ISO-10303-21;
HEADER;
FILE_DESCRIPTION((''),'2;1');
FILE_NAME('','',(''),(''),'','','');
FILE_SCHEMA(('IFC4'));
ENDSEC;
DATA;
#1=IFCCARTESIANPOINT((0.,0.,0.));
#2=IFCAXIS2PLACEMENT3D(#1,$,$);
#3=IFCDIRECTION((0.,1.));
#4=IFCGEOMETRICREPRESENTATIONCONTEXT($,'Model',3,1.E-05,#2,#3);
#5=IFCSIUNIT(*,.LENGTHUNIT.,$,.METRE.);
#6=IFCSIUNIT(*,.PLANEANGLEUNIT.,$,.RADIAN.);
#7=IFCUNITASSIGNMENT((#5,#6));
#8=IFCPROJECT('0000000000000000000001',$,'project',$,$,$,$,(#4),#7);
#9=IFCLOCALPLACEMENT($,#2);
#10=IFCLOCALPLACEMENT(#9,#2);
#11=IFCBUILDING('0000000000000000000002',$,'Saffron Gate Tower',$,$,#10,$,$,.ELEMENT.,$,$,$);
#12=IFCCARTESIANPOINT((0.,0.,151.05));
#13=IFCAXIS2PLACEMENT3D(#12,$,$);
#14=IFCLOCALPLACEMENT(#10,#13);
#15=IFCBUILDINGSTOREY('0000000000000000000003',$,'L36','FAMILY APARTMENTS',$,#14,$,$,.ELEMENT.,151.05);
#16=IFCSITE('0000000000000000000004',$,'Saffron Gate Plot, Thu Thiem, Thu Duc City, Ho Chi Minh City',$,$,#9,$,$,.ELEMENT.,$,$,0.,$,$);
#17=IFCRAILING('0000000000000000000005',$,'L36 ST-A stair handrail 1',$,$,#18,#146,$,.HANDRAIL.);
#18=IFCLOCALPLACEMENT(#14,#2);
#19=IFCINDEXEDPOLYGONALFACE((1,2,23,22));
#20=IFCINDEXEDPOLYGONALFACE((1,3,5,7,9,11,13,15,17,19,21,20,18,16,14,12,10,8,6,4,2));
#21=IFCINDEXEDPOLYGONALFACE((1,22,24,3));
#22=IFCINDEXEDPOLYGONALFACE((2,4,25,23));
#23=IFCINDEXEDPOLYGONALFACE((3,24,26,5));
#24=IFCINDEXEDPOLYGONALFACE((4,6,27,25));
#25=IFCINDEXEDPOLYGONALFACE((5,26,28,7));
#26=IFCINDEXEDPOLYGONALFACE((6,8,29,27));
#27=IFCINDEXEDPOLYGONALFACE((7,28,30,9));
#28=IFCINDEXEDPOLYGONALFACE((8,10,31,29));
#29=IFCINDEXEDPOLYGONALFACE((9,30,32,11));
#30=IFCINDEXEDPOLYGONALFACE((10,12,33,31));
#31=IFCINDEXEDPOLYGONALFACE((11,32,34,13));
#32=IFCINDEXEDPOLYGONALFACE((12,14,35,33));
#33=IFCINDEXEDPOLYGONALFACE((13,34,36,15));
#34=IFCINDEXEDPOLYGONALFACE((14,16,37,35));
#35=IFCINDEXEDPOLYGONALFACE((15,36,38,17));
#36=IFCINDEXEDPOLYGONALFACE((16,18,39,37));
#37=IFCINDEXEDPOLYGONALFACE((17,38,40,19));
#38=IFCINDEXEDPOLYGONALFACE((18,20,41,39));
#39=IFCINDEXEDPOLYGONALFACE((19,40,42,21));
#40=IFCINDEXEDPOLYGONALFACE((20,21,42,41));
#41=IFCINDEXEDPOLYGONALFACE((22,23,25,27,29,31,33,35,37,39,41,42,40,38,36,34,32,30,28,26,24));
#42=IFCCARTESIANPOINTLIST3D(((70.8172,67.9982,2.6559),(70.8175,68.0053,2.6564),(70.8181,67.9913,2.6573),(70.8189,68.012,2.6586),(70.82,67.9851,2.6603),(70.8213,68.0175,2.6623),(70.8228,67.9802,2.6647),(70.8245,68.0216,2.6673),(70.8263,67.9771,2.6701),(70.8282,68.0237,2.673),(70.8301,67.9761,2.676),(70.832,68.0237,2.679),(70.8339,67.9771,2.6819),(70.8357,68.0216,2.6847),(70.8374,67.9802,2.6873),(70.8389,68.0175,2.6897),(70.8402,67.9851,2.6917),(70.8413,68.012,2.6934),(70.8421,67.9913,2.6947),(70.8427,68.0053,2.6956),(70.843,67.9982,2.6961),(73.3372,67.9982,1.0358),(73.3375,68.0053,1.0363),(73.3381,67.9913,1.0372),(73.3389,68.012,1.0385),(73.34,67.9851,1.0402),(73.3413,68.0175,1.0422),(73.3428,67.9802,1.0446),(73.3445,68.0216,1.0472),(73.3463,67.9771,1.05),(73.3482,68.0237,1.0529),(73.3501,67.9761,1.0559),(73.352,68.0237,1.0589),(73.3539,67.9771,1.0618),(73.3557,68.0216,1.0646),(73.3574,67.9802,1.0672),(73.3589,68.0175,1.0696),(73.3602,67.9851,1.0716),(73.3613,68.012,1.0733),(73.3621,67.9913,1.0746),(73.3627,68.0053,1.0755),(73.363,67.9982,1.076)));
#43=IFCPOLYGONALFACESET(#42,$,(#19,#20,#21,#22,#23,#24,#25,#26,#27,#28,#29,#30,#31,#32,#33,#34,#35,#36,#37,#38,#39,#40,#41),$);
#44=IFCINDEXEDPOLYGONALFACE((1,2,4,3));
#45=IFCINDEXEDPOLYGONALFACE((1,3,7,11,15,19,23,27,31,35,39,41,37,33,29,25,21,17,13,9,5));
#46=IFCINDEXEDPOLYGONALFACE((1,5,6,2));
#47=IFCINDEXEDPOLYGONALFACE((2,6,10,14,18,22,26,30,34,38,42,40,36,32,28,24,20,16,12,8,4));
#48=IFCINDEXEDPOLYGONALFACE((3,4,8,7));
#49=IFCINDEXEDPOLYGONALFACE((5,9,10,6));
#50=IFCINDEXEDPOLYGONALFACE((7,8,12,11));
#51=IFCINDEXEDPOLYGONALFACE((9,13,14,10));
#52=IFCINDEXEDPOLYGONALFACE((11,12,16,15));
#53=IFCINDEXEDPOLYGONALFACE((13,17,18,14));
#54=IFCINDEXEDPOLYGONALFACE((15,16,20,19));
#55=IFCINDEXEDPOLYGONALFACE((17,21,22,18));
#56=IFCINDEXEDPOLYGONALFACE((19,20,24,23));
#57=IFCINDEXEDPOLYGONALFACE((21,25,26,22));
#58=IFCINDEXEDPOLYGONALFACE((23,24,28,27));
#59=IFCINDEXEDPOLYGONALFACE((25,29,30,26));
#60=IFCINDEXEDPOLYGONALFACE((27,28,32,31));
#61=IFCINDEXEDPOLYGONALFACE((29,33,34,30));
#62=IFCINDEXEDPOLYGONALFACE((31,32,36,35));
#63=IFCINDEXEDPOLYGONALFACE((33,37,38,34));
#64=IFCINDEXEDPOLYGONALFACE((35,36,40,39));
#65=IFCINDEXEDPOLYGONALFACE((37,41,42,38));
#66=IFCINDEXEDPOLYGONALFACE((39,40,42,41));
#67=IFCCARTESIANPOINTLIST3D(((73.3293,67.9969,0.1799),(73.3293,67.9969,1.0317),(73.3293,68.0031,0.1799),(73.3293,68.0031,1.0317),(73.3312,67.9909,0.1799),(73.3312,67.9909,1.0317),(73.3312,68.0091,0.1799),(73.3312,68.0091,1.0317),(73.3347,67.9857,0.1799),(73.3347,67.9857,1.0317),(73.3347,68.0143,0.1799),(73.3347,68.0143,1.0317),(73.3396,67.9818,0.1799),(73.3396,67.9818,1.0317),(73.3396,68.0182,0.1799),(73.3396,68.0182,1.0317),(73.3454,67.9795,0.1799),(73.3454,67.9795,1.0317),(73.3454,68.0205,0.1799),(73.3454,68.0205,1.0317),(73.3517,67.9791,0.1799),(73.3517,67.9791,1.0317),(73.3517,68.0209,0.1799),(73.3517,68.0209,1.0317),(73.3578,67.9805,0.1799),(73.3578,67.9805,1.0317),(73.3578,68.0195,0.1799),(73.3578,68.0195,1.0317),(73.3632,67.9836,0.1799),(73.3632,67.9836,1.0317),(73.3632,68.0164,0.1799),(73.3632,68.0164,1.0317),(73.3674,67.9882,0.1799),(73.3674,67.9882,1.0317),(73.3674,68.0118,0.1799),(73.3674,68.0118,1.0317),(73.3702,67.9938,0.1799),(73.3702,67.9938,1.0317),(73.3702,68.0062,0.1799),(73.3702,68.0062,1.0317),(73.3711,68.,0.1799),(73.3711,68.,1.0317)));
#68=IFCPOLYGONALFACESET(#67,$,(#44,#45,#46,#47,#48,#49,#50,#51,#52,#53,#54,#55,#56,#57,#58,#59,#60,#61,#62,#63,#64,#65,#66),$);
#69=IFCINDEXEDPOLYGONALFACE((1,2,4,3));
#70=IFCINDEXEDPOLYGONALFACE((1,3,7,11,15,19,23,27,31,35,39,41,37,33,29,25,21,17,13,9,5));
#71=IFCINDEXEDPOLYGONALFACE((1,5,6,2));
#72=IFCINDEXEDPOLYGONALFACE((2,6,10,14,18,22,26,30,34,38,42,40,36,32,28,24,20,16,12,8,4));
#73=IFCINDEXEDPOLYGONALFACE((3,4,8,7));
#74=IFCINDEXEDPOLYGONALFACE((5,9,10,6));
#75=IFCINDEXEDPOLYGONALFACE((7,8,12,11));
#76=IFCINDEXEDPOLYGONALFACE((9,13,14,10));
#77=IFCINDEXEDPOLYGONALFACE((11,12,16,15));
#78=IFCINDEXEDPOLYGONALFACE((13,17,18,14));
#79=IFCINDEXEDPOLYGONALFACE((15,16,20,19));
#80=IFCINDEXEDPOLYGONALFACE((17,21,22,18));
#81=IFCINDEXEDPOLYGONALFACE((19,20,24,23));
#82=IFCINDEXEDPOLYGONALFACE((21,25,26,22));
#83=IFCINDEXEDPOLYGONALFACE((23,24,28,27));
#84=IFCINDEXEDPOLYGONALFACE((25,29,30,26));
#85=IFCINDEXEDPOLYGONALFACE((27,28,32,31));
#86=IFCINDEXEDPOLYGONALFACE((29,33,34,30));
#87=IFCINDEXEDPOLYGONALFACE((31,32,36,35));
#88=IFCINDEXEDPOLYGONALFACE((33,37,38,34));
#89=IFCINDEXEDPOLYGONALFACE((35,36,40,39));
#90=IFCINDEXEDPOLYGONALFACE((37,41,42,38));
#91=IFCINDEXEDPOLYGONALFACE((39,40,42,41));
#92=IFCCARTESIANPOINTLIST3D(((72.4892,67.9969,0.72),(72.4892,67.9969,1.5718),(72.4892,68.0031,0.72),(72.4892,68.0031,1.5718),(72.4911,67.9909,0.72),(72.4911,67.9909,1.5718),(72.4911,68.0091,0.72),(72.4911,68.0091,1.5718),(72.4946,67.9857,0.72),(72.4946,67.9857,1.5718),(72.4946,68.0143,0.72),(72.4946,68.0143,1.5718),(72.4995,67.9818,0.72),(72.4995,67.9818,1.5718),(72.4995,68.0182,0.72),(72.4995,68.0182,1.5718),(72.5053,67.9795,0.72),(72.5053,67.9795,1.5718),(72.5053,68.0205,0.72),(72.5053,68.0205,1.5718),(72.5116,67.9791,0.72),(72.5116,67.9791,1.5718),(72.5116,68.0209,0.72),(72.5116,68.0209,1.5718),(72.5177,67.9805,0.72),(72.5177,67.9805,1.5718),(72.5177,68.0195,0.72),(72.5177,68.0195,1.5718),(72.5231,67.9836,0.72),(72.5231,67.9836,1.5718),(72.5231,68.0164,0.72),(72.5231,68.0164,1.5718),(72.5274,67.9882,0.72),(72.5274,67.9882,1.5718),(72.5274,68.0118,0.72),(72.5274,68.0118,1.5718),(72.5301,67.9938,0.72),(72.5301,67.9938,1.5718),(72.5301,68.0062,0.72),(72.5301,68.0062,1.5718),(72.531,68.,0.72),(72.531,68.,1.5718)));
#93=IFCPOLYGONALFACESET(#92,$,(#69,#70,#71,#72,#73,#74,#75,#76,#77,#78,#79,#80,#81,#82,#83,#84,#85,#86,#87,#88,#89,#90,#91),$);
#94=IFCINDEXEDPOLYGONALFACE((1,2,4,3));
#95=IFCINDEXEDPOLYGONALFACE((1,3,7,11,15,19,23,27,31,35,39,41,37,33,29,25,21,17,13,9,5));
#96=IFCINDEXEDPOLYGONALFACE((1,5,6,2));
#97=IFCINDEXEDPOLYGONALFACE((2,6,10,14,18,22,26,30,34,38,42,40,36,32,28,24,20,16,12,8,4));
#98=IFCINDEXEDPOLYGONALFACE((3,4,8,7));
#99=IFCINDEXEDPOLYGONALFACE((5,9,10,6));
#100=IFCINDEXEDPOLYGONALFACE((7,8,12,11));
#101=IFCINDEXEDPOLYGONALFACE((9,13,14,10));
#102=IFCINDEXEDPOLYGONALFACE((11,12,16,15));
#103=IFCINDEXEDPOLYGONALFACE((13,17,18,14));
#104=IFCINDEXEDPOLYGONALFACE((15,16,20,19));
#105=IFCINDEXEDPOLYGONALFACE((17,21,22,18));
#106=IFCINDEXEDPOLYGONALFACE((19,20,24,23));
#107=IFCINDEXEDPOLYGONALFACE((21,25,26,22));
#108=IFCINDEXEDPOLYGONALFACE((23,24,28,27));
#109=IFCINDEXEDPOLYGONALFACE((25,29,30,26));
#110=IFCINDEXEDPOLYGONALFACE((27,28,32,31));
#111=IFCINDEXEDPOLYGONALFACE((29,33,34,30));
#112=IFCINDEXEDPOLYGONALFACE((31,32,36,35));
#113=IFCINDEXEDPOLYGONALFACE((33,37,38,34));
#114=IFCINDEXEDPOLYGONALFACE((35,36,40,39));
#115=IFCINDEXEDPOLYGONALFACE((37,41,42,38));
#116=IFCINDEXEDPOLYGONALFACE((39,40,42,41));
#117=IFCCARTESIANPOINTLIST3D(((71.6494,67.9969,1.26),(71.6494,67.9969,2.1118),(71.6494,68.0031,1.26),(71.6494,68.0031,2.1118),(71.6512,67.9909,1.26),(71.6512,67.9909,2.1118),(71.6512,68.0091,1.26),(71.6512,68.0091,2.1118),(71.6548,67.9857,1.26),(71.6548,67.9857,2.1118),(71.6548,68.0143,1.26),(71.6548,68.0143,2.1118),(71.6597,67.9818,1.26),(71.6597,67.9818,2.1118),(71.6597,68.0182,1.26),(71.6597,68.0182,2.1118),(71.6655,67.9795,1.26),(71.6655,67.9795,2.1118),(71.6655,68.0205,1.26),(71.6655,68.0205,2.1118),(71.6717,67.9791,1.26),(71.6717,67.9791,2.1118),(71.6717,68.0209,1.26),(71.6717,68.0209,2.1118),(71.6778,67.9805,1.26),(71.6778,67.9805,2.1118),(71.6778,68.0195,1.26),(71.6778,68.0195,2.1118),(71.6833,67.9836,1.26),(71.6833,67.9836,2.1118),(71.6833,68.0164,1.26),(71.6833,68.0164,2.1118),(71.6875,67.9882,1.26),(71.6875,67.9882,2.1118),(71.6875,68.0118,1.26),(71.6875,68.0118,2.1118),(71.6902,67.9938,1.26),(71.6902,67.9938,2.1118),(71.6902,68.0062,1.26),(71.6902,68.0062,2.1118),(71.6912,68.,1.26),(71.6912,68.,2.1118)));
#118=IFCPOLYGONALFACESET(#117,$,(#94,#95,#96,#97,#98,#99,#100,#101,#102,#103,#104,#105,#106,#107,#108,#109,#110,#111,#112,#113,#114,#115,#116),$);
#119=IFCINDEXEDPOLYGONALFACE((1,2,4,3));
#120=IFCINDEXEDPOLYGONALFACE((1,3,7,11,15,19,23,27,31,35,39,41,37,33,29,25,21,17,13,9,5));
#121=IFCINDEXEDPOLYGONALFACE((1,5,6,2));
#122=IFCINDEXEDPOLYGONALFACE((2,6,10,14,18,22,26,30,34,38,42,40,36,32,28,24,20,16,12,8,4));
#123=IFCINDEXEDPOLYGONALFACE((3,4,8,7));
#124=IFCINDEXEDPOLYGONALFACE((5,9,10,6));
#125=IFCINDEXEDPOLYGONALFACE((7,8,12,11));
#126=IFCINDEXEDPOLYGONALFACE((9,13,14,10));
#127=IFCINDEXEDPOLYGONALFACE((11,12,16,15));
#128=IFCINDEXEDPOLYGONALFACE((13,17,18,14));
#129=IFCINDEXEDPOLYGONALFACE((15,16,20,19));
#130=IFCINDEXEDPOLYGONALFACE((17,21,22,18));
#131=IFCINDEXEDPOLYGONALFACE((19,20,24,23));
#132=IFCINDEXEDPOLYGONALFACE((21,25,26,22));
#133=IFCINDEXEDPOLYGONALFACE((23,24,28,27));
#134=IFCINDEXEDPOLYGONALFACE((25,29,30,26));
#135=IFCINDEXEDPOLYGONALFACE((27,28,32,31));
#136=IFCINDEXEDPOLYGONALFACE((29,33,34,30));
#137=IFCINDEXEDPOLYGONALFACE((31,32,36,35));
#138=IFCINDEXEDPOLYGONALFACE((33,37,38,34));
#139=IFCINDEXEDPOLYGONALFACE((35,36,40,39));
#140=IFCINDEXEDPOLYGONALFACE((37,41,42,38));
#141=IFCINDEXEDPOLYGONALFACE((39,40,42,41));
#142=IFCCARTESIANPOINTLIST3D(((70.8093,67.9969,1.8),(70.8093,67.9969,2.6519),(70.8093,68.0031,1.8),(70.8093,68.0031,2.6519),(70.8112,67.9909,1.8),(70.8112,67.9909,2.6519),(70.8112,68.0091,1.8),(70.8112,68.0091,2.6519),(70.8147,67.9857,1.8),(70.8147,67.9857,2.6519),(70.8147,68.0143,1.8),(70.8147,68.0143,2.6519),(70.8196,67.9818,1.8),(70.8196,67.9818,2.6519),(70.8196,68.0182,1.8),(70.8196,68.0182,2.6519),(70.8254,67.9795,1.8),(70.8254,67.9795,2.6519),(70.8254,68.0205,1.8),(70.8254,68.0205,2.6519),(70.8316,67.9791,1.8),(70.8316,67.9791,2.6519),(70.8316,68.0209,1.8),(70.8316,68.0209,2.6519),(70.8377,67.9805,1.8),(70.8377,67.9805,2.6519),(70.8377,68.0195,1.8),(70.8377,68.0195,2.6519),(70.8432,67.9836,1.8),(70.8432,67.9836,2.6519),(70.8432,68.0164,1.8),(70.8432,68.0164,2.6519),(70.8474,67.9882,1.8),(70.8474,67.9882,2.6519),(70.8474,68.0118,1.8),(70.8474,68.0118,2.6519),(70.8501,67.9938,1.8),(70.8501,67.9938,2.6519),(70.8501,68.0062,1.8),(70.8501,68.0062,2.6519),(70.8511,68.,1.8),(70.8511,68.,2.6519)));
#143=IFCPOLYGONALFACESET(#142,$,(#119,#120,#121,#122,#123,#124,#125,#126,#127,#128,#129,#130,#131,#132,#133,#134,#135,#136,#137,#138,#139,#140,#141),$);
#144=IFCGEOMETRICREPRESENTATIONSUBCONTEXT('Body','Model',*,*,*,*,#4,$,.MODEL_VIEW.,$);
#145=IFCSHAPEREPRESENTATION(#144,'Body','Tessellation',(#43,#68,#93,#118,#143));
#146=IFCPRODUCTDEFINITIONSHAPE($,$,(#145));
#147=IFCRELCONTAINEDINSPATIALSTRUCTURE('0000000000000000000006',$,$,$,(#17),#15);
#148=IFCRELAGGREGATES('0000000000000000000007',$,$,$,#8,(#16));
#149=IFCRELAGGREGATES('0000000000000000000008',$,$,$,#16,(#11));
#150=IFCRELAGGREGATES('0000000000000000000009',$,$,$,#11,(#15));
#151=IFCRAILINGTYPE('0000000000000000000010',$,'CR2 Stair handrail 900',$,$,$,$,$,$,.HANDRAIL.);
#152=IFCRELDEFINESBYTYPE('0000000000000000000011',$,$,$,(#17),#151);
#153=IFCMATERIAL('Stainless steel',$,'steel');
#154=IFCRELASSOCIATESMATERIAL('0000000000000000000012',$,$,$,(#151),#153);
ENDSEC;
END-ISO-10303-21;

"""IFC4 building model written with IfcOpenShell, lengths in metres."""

from ifc_helpers import new_model, si_unit, direction, frame, origin, origin_2d, place, context, subcontext, project, spatial, circle, extrude, material, type_object, element, save


model = new_model("IFC4")

# Units and contexts
model_context = context("Model", 3, precision=1e-05, world=origin(), true_north=direction((0.0, 1.0)))
body_context = subcontext(model_context, "Body", "Model", "MODEL_VIEW")
ifc_project = project(units=[si_unit("LENGTHUNIT", "METRE"), si_unit("PLANEANGLEUNIT", "RADIAN")], contexts=[model_context])

# Site, building, storey
site_placement = place(None, origin())
site = spatial("IfcSite", under=ifc_project, at=site_placement, Name="Saffron Gate Plot, Thu Thiem, Thu Duc City, Ho Chi Minh City", CompositionType="ELEMENT", RefElevation=0.0)
building_placement = place(site_placement, origin())
building = spatial("IfcBuilding", under=site, at=building_placement, Name="Saffron Gate Tower", CompositionType="ELEMENT")
storey_placement = place(building_placement, frame((0.0, 0.0, 151.05)))
storey = spatial("IfcBuildingStorey", under=building, at=storey_placement, Name="L36", Description="FAMILY APARTMENTS", CompositionType="ELEMENT", Elevation=151.05)

# Railing
ifc_material_1 = material(Name="Stainless steel", Category="steel")
railing_type_1 = type_object("IfcRailingType", Name="CR2 Stair handrail 900", PredefinedType="HANDRAIL", material=ifc_material_1)
railing_1_placement = place(storey_placement, frame((73.3501, 68.0, 0.1799)))
element("IfcRailing", 1, at=railing_1_placement, inside=storey, type_object=railing_type_1, Name="L36 ST-A stair handrail 1", PredefinedType="HANDRAIL", context=body_context, shape_type="SweptSolid", body=[
    extrude(circle(Radius=0.0239, at=origin_2d()), frame((0.0, 0.0, 0.876), z_axis=(-0.841163, 0.0, 0.540782), x_axis=(0.0, -1.0, 0.0)), (0.0, 0.0, 1.0), 2.9958),
    extrude(circle(Radius=0.021, at=origin_2d()), origin(), (0.0, 0.0, 1.0), 0.8518),
    extrude(circle(Radius=0.021, at=origin_2d()), frame((-0.8401, 0.0, 0.54)), (0.0, 0.0, 1.0), 0.8518),
    extrude(circle(Radius=0.021, at=origin_2d()), frame((-1.6799, 0.0, 1.0801)), (0.0, 0.0, 1.0), 0.8518),
    extrude(circle(Radius=0.021, at=origin_2d()), frame((-2.52, 0.0, 1.6201)), (0.0, 0.0, 1.0), 0.8518),
])

save(model, "model.ifc")
